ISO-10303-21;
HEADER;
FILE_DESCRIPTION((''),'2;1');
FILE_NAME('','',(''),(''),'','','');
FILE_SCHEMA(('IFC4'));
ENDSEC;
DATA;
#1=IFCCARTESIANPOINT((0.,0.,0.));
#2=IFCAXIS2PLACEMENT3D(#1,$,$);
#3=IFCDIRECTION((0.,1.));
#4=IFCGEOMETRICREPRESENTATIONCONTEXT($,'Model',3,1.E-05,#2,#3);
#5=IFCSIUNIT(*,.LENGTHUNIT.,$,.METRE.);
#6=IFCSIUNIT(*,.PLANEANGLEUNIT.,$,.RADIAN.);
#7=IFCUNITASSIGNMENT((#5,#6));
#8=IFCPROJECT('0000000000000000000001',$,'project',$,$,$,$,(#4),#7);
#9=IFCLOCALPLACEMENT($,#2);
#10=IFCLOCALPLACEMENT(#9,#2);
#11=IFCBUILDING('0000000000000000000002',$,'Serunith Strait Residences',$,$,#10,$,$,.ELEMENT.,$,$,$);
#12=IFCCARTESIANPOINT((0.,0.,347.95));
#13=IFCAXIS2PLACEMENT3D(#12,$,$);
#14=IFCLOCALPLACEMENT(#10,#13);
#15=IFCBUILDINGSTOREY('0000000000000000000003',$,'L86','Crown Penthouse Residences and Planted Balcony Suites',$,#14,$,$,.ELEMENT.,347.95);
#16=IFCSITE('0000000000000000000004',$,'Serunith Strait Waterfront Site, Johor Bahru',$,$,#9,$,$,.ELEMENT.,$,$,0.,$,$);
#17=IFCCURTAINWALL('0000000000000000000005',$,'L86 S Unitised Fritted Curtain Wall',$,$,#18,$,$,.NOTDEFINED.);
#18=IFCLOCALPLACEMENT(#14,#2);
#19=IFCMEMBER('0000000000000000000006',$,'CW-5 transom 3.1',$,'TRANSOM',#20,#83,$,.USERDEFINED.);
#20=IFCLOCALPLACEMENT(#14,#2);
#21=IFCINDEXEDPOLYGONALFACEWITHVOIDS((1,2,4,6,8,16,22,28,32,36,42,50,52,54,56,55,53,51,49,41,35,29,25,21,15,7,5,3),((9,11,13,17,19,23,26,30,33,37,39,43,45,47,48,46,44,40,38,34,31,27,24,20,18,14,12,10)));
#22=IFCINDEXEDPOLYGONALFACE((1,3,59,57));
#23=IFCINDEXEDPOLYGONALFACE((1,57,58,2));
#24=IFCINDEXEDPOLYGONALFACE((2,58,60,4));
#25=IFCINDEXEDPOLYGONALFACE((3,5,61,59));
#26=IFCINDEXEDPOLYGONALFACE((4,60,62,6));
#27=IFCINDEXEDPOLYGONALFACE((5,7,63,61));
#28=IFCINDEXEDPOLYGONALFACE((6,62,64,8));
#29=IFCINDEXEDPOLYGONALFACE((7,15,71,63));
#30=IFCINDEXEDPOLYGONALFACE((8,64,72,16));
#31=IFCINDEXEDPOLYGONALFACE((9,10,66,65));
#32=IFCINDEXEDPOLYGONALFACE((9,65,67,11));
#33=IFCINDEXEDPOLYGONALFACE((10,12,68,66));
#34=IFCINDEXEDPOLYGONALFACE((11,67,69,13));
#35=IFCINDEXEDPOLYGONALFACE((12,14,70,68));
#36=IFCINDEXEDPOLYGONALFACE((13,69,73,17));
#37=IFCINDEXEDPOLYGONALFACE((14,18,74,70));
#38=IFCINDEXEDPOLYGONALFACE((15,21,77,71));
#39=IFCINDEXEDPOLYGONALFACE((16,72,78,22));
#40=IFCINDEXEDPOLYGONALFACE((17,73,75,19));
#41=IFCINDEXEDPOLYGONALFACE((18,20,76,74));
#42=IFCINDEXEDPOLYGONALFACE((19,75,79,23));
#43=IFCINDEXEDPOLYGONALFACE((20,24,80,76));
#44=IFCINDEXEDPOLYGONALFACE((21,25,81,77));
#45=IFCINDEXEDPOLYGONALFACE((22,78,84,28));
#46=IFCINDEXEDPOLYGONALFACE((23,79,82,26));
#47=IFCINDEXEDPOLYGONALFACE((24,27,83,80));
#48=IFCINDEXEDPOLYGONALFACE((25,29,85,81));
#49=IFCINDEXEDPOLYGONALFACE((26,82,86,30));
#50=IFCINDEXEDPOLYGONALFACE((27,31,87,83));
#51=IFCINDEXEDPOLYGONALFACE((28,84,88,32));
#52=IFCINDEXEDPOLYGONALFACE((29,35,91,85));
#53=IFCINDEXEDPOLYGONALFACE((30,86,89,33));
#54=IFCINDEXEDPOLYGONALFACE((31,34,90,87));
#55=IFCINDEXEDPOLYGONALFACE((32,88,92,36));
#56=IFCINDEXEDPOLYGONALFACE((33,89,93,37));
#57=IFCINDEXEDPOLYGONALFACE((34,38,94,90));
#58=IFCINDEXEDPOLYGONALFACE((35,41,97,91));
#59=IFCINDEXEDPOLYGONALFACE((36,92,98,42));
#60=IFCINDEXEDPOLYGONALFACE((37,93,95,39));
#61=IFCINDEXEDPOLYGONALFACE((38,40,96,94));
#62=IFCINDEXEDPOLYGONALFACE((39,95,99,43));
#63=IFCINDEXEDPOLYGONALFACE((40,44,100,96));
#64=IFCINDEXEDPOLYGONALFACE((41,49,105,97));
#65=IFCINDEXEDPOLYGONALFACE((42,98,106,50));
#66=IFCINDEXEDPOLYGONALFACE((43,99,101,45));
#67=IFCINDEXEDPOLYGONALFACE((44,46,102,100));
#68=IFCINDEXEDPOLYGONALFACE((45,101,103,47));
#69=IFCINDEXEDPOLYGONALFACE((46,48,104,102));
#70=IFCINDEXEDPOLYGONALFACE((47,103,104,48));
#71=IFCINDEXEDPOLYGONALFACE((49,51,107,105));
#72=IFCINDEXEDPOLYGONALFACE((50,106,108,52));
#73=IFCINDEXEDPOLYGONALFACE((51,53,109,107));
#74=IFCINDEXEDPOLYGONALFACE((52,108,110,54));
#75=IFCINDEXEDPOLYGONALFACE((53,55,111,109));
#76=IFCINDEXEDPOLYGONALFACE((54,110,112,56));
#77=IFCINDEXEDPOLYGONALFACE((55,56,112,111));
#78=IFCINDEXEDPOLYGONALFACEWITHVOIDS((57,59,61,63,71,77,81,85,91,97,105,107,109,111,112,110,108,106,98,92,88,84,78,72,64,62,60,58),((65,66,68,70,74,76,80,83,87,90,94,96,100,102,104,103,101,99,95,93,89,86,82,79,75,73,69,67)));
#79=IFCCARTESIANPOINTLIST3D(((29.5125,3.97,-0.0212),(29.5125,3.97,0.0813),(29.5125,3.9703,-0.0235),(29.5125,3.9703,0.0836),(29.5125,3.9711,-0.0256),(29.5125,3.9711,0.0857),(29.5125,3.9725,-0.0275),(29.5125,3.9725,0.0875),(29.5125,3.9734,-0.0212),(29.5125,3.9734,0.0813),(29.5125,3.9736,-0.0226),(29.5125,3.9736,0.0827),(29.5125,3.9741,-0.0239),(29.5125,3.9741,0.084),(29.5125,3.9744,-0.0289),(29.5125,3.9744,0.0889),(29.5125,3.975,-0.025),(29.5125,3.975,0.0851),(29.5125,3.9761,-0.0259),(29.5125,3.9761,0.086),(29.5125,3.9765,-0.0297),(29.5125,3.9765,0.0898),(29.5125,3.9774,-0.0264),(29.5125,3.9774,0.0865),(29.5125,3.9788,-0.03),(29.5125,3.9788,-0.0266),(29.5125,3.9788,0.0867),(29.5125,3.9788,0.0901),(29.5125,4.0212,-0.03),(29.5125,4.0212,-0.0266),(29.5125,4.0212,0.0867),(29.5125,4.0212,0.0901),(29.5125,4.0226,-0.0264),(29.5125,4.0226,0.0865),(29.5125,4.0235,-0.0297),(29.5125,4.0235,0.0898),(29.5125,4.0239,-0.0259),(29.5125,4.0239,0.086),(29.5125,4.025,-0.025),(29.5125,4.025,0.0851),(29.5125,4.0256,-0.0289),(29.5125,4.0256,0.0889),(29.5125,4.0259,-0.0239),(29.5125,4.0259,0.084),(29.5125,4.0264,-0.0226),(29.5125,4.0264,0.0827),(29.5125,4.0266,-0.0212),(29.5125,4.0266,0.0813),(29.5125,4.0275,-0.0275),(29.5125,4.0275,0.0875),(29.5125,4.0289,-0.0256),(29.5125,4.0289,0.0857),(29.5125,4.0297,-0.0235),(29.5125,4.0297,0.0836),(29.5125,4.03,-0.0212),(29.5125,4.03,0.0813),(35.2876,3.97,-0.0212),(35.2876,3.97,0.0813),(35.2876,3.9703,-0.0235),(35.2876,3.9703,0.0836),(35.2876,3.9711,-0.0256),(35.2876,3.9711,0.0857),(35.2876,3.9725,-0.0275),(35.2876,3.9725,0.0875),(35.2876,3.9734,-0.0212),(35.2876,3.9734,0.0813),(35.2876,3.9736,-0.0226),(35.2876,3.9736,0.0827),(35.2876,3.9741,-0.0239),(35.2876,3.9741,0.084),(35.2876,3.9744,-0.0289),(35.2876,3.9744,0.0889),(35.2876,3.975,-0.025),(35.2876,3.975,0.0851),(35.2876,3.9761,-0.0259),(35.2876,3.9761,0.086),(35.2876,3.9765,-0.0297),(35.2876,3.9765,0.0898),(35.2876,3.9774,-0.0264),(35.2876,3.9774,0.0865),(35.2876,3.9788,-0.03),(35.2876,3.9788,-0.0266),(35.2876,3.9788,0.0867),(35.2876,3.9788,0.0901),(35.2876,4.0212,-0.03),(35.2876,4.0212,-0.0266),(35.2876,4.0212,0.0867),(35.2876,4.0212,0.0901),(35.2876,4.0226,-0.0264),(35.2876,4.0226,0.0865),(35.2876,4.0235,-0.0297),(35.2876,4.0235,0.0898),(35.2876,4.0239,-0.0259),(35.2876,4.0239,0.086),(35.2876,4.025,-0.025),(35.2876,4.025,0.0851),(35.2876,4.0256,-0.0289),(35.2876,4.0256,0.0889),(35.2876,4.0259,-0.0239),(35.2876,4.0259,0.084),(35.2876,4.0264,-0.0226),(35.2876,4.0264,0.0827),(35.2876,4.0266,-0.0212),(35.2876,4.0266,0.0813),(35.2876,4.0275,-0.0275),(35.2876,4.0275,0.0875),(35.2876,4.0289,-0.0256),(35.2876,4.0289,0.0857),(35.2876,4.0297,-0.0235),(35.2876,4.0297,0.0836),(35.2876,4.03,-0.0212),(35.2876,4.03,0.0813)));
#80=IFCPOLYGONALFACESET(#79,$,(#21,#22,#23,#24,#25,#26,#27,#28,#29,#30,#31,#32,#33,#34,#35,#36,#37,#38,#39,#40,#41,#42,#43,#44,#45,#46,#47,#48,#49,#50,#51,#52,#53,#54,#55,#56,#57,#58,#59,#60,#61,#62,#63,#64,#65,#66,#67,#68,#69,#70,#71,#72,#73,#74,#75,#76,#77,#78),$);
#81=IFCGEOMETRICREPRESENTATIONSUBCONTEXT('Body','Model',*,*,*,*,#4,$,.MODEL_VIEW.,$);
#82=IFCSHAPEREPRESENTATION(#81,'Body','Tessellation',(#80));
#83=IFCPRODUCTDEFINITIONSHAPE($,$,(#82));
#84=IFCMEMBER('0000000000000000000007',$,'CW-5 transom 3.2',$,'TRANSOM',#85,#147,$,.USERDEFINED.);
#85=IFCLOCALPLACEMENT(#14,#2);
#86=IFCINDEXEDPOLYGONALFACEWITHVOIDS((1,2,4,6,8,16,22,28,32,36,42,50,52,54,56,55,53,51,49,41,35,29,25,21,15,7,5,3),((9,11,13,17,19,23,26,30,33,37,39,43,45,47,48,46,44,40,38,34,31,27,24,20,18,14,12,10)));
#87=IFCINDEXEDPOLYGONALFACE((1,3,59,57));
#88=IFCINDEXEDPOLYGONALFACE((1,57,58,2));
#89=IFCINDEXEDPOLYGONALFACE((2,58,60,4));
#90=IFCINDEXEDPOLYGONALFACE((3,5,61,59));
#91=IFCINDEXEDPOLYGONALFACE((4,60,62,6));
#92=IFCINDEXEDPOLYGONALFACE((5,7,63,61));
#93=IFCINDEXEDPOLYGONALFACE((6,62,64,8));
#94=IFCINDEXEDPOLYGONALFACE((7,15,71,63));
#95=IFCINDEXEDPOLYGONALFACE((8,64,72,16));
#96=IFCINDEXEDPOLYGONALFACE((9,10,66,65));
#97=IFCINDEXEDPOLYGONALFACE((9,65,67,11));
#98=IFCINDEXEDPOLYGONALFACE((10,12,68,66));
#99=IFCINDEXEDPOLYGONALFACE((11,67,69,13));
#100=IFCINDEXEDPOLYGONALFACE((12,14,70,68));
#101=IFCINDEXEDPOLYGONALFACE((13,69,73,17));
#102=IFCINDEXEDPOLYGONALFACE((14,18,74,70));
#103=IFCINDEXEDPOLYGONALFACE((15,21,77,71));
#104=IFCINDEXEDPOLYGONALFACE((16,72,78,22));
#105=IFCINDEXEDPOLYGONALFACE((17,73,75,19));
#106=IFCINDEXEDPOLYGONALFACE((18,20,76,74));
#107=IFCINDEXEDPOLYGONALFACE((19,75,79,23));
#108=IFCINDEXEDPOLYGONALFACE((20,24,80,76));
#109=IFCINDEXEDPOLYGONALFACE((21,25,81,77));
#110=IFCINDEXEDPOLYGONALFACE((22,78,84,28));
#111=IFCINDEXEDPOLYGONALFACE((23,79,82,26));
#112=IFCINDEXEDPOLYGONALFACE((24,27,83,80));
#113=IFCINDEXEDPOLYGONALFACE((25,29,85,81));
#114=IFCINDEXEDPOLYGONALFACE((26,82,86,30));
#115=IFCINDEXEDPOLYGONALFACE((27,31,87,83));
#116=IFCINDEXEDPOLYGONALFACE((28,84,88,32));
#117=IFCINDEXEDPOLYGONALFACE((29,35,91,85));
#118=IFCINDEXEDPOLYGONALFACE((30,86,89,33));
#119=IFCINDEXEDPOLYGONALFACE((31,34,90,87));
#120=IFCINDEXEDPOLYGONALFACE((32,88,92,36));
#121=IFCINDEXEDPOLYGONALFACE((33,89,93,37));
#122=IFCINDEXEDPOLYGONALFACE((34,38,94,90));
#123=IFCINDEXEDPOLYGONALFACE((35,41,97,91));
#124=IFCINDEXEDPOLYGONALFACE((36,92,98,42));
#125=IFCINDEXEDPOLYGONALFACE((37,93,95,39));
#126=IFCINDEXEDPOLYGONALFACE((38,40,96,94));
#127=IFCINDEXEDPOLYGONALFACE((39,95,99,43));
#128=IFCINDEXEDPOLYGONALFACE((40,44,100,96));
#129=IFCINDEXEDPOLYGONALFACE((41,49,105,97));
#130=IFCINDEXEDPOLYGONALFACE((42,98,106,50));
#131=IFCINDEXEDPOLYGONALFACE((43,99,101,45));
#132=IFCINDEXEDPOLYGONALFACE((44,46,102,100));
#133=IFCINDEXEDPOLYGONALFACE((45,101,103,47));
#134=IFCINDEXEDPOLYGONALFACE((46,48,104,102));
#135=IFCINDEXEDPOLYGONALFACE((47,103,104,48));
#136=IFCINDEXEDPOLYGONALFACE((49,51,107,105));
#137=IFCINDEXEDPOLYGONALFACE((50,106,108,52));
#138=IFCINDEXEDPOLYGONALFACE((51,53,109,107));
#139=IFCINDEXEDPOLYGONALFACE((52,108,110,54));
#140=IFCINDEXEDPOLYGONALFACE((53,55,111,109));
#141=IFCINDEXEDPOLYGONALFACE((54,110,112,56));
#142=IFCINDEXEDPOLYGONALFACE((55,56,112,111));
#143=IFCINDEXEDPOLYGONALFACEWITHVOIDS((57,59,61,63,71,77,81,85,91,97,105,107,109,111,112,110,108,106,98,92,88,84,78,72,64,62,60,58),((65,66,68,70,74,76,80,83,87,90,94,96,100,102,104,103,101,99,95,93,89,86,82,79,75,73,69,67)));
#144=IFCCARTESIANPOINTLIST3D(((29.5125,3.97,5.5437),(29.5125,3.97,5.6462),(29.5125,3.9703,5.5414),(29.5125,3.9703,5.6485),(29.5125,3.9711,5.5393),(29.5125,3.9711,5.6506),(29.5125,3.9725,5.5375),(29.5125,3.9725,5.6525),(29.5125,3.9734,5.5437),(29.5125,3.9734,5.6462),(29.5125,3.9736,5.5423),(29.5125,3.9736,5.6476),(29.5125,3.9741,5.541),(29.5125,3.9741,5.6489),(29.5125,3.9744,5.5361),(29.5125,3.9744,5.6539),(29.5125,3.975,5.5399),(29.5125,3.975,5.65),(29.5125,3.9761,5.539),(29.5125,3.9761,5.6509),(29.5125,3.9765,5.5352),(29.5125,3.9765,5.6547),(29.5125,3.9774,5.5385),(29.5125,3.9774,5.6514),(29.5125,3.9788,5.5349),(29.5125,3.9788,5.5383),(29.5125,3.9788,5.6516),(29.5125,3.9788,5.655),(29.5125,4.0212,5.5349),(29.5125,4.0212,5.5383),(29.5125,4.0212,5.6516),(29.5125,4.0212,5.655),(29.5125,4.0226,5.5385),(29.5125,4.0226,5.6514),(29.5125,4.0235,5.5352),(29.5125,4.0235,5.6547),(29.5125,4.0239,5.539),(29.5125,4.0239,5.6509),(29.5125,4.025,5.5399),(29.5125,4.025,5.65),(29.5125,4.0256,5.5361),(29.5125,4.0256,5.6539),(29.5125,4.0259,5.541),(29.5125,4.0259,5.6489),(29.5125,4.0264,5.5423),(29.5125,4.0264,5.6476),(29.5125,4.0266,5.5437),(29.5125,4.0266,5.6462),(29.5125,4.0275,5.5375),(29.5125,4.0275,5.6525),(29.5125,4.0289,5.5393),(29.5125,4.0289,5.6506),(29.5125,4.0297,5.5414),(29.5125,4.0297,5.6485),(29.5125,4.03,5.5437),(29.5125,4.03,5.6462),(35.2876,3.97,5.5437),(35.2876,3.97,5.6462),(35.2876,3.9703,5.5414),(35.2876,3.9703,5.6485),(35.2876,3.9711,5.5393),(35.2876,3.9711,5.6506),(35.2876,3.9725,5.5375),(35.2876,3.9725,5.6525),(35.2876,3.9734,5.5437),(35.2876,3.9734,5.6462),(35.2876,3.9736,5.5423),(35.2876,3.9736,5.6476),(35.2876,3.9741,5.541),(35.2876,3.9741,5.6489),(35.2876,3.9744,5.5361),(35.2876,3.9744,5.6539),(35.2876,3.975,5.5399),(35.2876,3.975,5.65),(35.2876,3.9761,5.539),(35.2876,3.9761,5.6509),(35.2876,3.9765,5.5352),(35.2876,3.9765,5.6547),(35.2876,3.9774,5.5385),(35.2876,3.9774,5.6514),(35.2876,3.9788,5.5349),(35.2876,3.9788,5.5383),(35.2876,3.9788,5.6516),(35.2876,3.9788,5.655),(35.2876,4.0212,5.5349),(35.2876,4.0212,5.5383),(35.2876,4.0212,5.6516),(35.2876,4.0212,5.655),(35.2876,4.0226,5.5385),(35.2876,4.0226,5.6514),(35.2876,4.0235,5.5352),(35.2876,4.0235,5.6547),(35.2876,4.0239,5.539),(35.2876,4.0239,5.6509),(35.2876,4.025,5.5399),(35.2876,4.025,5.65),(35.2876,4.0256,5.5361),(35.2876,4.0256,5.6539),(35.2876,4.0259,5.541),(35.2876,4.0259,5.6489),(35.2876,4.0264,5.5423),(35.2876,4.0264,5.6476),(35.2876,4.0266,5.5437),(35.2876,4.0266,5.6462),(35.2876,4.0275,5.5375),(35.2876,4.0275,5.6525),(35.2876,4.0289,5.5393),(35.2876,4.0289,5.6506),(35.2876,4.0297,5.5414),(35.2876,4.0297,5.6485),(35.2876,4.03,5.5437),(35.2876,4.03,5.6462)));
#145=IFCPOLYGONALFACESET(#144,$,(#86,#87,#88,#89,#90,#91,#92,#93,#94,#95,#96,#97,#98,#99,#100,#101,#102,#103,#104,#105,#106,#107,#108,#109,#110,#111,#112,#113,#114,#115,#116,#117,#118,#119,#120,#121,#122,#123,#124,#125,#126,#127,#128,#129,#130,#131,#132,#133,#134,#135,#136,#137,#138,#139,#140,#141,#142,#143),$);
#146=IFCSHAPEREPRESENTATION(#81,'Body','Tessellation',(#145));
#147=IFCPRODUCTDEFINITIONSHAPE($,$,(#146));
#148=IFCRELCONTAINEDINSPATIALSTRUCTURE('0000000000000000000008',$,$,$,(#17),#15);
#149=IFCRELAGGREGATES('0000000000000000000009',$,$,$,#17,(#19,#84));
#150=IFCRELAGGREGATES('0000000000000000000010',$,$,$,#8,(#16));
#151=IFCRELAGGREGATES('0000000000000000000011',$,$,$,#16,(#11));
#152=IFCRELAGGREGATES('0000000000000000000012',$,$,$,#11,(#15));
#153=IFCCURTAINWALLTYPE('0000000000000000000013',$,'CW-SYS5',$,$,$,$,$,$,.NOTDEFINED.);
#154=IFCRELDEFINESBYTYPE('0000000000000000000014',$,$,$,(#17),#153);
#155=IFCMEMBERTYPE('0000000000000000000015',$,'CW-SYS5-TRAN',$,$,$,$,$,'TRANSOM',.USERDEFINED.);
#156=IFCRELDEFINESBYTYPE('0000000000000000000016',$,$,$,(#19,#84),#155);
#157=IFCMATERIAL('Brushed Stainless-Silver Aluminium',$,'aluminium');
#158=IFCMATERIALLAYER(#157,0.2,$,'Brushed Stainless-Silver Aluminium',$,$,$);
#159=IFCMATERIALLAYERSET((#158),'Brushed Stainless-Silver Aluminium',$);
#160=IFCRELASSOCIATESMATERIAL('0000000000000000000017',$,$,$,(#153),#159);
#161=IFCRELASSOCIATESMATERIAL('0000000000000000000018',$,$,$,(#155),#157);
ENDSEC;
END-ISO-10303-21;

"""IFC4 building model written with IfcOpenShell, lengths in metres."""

from ifc_helpers import new_model, si_unit, direction, frame, origin, origin_2d, place, context, subcontext, project, spatial, hollow_rectangle, extrude, source, transform, mapped, material, layer, layer_set, material_profile, profile_set, type_object, element, aggregate, save


model = new_model("IFC4")

# Units and contexts
model_context = context("Model", 3, precision=1e-05, world=origin(), true_north=direction((0.0, 1.0)))
body_context = subcontext(model_context, "Body", "Model", "MODEL_VIEW")
ifc_project = project(units=[si_unit("LENGTHUNIT", "METRE"), si_unit("PLANEANGLEUNIT", "RADIAN")], contexts=[model_context])

# Site, building, storey
site_placement = place(None, origin())
site = spatial("IfcSite", under=ifc_project, at=site_placement, Name="Serunith Strait Waterfront Site, Johor Bahru", CompositionType="ELEMENT", RefElevation=0.0)
building_placement = place(site_placement, origin())
building = spatial("IfcBuilding", under=site, at=building_placement, Name="Serunith Strait Residences", CompositionType="ELEMENT")
storey_placement = place(building_placement, frame((0.0, 0.0, 347.95)))
storey = spatial("IfcBuildingStorey", under=building, at=storey_placement, Name="L86", Description="Crown Penthouse Residences and Planted Balcony Suites", CompositionType="ELEMENT", Elevation=347.95)

# Curtain wall, members
ifc_material_1 = material(Name="Brushed Stainless-Silver Aluminium", Category="aluminium")
ifc_layer_1 = layer(ifc_material_1, 0.2, Name="Brushed Stainless-Silver Aluminium")
ifc_layer_set_1 = layer_set([ifc_layer_1], Name="Brushed Stainless-Silver Aluminium")
curtain_wall_type = type_object("IfcCurtainWallType", Name="CW-SYS5", PredefinedType="NOTDEFINED", material=ifc_layer_set_1)
curtain_wall_placement = place(storey_placement, origin())
curtain_wall = element("IfcCurtainWall", 1, at=curtain_wall_placement, inside=storey, type_object=curtain_wall_type, Name="L86 S Unitised Fritted Curtain Wall", PredefinedType="NOTDEFINED")
ifc_material_profile_1 = material_profile(ifc_material_1, hollow_rectangle(XDim=0.0601, YDim=0.1201, WallThickness=0.0034, InnerFilletRadius=0.0054, OuterFilletRadius=0.0088, at=origin_2d()), Name="ALU 120x60x3.5")
ifc_profile_set_1 = profile_set([ifc_material_profile_1], Name="Brushed Stainless-Silver Aluminium")
member_type_1 = type_object("IfcMemberType", Name="CW-SYS5-TRAN", ElementType="TRANSOM", PredefinedType="USERDEFINED", material=ifc_profile_set_1)
shared_shape_1 = source(origin(), body_context, "Body", "SweptSolid", [
    extrude(hollow_rectangle(XDim=0.0601, YDim=0.1201, WallThickness=0.0034, InnerFilletRadius=0.0054, OuterFilletRadius=0.0088, at=origin_2d()), origin(), (0.0, 0.0, 1.0), 5.7751),
])
member_1_placement = place(storey_placement, frame((29.5125, 4.0, 0.03), z_axis=(1.0, 0.0, 0.0), x_axis=(0.0, 1.0, 0.0)))
member_1 = element("IfcMember", 2, at=member_1_placement, type_object=member_type_1, Name="CW-5 transom 3.1", ObjectType="TRANSOM", PredefinedType="USERDEFINED", context=body_context, shape_type="MappedRepresentation", body=[
    mapped(shared_shape_1, transform((0.0, 0.0, 0.0), scale=1.0)),
])
member_2_placement = place(storey_placement, frame((29.5125, 4.0, 5.595), z_axis=(1.0, 0.0, 0.0), x_axis=(0.0, 1.0, 0.0)))
member_2 = element("IfcMember", 3, at=member_2_placement, type_object=member_type_1, Name="CW-5 transom 3.2", ObjectType="TRANSOM", PredefinedType="USERDEFINED", context=body_context, shape_type="MappedRepresentation", body=[
    mapped(shared_shape_1, transform((0.0, 0.0, 0.0), scale=1.0)),
])
aggregate(curtain_wall, [member_1, member_2])

save(model, "model.ifc")
